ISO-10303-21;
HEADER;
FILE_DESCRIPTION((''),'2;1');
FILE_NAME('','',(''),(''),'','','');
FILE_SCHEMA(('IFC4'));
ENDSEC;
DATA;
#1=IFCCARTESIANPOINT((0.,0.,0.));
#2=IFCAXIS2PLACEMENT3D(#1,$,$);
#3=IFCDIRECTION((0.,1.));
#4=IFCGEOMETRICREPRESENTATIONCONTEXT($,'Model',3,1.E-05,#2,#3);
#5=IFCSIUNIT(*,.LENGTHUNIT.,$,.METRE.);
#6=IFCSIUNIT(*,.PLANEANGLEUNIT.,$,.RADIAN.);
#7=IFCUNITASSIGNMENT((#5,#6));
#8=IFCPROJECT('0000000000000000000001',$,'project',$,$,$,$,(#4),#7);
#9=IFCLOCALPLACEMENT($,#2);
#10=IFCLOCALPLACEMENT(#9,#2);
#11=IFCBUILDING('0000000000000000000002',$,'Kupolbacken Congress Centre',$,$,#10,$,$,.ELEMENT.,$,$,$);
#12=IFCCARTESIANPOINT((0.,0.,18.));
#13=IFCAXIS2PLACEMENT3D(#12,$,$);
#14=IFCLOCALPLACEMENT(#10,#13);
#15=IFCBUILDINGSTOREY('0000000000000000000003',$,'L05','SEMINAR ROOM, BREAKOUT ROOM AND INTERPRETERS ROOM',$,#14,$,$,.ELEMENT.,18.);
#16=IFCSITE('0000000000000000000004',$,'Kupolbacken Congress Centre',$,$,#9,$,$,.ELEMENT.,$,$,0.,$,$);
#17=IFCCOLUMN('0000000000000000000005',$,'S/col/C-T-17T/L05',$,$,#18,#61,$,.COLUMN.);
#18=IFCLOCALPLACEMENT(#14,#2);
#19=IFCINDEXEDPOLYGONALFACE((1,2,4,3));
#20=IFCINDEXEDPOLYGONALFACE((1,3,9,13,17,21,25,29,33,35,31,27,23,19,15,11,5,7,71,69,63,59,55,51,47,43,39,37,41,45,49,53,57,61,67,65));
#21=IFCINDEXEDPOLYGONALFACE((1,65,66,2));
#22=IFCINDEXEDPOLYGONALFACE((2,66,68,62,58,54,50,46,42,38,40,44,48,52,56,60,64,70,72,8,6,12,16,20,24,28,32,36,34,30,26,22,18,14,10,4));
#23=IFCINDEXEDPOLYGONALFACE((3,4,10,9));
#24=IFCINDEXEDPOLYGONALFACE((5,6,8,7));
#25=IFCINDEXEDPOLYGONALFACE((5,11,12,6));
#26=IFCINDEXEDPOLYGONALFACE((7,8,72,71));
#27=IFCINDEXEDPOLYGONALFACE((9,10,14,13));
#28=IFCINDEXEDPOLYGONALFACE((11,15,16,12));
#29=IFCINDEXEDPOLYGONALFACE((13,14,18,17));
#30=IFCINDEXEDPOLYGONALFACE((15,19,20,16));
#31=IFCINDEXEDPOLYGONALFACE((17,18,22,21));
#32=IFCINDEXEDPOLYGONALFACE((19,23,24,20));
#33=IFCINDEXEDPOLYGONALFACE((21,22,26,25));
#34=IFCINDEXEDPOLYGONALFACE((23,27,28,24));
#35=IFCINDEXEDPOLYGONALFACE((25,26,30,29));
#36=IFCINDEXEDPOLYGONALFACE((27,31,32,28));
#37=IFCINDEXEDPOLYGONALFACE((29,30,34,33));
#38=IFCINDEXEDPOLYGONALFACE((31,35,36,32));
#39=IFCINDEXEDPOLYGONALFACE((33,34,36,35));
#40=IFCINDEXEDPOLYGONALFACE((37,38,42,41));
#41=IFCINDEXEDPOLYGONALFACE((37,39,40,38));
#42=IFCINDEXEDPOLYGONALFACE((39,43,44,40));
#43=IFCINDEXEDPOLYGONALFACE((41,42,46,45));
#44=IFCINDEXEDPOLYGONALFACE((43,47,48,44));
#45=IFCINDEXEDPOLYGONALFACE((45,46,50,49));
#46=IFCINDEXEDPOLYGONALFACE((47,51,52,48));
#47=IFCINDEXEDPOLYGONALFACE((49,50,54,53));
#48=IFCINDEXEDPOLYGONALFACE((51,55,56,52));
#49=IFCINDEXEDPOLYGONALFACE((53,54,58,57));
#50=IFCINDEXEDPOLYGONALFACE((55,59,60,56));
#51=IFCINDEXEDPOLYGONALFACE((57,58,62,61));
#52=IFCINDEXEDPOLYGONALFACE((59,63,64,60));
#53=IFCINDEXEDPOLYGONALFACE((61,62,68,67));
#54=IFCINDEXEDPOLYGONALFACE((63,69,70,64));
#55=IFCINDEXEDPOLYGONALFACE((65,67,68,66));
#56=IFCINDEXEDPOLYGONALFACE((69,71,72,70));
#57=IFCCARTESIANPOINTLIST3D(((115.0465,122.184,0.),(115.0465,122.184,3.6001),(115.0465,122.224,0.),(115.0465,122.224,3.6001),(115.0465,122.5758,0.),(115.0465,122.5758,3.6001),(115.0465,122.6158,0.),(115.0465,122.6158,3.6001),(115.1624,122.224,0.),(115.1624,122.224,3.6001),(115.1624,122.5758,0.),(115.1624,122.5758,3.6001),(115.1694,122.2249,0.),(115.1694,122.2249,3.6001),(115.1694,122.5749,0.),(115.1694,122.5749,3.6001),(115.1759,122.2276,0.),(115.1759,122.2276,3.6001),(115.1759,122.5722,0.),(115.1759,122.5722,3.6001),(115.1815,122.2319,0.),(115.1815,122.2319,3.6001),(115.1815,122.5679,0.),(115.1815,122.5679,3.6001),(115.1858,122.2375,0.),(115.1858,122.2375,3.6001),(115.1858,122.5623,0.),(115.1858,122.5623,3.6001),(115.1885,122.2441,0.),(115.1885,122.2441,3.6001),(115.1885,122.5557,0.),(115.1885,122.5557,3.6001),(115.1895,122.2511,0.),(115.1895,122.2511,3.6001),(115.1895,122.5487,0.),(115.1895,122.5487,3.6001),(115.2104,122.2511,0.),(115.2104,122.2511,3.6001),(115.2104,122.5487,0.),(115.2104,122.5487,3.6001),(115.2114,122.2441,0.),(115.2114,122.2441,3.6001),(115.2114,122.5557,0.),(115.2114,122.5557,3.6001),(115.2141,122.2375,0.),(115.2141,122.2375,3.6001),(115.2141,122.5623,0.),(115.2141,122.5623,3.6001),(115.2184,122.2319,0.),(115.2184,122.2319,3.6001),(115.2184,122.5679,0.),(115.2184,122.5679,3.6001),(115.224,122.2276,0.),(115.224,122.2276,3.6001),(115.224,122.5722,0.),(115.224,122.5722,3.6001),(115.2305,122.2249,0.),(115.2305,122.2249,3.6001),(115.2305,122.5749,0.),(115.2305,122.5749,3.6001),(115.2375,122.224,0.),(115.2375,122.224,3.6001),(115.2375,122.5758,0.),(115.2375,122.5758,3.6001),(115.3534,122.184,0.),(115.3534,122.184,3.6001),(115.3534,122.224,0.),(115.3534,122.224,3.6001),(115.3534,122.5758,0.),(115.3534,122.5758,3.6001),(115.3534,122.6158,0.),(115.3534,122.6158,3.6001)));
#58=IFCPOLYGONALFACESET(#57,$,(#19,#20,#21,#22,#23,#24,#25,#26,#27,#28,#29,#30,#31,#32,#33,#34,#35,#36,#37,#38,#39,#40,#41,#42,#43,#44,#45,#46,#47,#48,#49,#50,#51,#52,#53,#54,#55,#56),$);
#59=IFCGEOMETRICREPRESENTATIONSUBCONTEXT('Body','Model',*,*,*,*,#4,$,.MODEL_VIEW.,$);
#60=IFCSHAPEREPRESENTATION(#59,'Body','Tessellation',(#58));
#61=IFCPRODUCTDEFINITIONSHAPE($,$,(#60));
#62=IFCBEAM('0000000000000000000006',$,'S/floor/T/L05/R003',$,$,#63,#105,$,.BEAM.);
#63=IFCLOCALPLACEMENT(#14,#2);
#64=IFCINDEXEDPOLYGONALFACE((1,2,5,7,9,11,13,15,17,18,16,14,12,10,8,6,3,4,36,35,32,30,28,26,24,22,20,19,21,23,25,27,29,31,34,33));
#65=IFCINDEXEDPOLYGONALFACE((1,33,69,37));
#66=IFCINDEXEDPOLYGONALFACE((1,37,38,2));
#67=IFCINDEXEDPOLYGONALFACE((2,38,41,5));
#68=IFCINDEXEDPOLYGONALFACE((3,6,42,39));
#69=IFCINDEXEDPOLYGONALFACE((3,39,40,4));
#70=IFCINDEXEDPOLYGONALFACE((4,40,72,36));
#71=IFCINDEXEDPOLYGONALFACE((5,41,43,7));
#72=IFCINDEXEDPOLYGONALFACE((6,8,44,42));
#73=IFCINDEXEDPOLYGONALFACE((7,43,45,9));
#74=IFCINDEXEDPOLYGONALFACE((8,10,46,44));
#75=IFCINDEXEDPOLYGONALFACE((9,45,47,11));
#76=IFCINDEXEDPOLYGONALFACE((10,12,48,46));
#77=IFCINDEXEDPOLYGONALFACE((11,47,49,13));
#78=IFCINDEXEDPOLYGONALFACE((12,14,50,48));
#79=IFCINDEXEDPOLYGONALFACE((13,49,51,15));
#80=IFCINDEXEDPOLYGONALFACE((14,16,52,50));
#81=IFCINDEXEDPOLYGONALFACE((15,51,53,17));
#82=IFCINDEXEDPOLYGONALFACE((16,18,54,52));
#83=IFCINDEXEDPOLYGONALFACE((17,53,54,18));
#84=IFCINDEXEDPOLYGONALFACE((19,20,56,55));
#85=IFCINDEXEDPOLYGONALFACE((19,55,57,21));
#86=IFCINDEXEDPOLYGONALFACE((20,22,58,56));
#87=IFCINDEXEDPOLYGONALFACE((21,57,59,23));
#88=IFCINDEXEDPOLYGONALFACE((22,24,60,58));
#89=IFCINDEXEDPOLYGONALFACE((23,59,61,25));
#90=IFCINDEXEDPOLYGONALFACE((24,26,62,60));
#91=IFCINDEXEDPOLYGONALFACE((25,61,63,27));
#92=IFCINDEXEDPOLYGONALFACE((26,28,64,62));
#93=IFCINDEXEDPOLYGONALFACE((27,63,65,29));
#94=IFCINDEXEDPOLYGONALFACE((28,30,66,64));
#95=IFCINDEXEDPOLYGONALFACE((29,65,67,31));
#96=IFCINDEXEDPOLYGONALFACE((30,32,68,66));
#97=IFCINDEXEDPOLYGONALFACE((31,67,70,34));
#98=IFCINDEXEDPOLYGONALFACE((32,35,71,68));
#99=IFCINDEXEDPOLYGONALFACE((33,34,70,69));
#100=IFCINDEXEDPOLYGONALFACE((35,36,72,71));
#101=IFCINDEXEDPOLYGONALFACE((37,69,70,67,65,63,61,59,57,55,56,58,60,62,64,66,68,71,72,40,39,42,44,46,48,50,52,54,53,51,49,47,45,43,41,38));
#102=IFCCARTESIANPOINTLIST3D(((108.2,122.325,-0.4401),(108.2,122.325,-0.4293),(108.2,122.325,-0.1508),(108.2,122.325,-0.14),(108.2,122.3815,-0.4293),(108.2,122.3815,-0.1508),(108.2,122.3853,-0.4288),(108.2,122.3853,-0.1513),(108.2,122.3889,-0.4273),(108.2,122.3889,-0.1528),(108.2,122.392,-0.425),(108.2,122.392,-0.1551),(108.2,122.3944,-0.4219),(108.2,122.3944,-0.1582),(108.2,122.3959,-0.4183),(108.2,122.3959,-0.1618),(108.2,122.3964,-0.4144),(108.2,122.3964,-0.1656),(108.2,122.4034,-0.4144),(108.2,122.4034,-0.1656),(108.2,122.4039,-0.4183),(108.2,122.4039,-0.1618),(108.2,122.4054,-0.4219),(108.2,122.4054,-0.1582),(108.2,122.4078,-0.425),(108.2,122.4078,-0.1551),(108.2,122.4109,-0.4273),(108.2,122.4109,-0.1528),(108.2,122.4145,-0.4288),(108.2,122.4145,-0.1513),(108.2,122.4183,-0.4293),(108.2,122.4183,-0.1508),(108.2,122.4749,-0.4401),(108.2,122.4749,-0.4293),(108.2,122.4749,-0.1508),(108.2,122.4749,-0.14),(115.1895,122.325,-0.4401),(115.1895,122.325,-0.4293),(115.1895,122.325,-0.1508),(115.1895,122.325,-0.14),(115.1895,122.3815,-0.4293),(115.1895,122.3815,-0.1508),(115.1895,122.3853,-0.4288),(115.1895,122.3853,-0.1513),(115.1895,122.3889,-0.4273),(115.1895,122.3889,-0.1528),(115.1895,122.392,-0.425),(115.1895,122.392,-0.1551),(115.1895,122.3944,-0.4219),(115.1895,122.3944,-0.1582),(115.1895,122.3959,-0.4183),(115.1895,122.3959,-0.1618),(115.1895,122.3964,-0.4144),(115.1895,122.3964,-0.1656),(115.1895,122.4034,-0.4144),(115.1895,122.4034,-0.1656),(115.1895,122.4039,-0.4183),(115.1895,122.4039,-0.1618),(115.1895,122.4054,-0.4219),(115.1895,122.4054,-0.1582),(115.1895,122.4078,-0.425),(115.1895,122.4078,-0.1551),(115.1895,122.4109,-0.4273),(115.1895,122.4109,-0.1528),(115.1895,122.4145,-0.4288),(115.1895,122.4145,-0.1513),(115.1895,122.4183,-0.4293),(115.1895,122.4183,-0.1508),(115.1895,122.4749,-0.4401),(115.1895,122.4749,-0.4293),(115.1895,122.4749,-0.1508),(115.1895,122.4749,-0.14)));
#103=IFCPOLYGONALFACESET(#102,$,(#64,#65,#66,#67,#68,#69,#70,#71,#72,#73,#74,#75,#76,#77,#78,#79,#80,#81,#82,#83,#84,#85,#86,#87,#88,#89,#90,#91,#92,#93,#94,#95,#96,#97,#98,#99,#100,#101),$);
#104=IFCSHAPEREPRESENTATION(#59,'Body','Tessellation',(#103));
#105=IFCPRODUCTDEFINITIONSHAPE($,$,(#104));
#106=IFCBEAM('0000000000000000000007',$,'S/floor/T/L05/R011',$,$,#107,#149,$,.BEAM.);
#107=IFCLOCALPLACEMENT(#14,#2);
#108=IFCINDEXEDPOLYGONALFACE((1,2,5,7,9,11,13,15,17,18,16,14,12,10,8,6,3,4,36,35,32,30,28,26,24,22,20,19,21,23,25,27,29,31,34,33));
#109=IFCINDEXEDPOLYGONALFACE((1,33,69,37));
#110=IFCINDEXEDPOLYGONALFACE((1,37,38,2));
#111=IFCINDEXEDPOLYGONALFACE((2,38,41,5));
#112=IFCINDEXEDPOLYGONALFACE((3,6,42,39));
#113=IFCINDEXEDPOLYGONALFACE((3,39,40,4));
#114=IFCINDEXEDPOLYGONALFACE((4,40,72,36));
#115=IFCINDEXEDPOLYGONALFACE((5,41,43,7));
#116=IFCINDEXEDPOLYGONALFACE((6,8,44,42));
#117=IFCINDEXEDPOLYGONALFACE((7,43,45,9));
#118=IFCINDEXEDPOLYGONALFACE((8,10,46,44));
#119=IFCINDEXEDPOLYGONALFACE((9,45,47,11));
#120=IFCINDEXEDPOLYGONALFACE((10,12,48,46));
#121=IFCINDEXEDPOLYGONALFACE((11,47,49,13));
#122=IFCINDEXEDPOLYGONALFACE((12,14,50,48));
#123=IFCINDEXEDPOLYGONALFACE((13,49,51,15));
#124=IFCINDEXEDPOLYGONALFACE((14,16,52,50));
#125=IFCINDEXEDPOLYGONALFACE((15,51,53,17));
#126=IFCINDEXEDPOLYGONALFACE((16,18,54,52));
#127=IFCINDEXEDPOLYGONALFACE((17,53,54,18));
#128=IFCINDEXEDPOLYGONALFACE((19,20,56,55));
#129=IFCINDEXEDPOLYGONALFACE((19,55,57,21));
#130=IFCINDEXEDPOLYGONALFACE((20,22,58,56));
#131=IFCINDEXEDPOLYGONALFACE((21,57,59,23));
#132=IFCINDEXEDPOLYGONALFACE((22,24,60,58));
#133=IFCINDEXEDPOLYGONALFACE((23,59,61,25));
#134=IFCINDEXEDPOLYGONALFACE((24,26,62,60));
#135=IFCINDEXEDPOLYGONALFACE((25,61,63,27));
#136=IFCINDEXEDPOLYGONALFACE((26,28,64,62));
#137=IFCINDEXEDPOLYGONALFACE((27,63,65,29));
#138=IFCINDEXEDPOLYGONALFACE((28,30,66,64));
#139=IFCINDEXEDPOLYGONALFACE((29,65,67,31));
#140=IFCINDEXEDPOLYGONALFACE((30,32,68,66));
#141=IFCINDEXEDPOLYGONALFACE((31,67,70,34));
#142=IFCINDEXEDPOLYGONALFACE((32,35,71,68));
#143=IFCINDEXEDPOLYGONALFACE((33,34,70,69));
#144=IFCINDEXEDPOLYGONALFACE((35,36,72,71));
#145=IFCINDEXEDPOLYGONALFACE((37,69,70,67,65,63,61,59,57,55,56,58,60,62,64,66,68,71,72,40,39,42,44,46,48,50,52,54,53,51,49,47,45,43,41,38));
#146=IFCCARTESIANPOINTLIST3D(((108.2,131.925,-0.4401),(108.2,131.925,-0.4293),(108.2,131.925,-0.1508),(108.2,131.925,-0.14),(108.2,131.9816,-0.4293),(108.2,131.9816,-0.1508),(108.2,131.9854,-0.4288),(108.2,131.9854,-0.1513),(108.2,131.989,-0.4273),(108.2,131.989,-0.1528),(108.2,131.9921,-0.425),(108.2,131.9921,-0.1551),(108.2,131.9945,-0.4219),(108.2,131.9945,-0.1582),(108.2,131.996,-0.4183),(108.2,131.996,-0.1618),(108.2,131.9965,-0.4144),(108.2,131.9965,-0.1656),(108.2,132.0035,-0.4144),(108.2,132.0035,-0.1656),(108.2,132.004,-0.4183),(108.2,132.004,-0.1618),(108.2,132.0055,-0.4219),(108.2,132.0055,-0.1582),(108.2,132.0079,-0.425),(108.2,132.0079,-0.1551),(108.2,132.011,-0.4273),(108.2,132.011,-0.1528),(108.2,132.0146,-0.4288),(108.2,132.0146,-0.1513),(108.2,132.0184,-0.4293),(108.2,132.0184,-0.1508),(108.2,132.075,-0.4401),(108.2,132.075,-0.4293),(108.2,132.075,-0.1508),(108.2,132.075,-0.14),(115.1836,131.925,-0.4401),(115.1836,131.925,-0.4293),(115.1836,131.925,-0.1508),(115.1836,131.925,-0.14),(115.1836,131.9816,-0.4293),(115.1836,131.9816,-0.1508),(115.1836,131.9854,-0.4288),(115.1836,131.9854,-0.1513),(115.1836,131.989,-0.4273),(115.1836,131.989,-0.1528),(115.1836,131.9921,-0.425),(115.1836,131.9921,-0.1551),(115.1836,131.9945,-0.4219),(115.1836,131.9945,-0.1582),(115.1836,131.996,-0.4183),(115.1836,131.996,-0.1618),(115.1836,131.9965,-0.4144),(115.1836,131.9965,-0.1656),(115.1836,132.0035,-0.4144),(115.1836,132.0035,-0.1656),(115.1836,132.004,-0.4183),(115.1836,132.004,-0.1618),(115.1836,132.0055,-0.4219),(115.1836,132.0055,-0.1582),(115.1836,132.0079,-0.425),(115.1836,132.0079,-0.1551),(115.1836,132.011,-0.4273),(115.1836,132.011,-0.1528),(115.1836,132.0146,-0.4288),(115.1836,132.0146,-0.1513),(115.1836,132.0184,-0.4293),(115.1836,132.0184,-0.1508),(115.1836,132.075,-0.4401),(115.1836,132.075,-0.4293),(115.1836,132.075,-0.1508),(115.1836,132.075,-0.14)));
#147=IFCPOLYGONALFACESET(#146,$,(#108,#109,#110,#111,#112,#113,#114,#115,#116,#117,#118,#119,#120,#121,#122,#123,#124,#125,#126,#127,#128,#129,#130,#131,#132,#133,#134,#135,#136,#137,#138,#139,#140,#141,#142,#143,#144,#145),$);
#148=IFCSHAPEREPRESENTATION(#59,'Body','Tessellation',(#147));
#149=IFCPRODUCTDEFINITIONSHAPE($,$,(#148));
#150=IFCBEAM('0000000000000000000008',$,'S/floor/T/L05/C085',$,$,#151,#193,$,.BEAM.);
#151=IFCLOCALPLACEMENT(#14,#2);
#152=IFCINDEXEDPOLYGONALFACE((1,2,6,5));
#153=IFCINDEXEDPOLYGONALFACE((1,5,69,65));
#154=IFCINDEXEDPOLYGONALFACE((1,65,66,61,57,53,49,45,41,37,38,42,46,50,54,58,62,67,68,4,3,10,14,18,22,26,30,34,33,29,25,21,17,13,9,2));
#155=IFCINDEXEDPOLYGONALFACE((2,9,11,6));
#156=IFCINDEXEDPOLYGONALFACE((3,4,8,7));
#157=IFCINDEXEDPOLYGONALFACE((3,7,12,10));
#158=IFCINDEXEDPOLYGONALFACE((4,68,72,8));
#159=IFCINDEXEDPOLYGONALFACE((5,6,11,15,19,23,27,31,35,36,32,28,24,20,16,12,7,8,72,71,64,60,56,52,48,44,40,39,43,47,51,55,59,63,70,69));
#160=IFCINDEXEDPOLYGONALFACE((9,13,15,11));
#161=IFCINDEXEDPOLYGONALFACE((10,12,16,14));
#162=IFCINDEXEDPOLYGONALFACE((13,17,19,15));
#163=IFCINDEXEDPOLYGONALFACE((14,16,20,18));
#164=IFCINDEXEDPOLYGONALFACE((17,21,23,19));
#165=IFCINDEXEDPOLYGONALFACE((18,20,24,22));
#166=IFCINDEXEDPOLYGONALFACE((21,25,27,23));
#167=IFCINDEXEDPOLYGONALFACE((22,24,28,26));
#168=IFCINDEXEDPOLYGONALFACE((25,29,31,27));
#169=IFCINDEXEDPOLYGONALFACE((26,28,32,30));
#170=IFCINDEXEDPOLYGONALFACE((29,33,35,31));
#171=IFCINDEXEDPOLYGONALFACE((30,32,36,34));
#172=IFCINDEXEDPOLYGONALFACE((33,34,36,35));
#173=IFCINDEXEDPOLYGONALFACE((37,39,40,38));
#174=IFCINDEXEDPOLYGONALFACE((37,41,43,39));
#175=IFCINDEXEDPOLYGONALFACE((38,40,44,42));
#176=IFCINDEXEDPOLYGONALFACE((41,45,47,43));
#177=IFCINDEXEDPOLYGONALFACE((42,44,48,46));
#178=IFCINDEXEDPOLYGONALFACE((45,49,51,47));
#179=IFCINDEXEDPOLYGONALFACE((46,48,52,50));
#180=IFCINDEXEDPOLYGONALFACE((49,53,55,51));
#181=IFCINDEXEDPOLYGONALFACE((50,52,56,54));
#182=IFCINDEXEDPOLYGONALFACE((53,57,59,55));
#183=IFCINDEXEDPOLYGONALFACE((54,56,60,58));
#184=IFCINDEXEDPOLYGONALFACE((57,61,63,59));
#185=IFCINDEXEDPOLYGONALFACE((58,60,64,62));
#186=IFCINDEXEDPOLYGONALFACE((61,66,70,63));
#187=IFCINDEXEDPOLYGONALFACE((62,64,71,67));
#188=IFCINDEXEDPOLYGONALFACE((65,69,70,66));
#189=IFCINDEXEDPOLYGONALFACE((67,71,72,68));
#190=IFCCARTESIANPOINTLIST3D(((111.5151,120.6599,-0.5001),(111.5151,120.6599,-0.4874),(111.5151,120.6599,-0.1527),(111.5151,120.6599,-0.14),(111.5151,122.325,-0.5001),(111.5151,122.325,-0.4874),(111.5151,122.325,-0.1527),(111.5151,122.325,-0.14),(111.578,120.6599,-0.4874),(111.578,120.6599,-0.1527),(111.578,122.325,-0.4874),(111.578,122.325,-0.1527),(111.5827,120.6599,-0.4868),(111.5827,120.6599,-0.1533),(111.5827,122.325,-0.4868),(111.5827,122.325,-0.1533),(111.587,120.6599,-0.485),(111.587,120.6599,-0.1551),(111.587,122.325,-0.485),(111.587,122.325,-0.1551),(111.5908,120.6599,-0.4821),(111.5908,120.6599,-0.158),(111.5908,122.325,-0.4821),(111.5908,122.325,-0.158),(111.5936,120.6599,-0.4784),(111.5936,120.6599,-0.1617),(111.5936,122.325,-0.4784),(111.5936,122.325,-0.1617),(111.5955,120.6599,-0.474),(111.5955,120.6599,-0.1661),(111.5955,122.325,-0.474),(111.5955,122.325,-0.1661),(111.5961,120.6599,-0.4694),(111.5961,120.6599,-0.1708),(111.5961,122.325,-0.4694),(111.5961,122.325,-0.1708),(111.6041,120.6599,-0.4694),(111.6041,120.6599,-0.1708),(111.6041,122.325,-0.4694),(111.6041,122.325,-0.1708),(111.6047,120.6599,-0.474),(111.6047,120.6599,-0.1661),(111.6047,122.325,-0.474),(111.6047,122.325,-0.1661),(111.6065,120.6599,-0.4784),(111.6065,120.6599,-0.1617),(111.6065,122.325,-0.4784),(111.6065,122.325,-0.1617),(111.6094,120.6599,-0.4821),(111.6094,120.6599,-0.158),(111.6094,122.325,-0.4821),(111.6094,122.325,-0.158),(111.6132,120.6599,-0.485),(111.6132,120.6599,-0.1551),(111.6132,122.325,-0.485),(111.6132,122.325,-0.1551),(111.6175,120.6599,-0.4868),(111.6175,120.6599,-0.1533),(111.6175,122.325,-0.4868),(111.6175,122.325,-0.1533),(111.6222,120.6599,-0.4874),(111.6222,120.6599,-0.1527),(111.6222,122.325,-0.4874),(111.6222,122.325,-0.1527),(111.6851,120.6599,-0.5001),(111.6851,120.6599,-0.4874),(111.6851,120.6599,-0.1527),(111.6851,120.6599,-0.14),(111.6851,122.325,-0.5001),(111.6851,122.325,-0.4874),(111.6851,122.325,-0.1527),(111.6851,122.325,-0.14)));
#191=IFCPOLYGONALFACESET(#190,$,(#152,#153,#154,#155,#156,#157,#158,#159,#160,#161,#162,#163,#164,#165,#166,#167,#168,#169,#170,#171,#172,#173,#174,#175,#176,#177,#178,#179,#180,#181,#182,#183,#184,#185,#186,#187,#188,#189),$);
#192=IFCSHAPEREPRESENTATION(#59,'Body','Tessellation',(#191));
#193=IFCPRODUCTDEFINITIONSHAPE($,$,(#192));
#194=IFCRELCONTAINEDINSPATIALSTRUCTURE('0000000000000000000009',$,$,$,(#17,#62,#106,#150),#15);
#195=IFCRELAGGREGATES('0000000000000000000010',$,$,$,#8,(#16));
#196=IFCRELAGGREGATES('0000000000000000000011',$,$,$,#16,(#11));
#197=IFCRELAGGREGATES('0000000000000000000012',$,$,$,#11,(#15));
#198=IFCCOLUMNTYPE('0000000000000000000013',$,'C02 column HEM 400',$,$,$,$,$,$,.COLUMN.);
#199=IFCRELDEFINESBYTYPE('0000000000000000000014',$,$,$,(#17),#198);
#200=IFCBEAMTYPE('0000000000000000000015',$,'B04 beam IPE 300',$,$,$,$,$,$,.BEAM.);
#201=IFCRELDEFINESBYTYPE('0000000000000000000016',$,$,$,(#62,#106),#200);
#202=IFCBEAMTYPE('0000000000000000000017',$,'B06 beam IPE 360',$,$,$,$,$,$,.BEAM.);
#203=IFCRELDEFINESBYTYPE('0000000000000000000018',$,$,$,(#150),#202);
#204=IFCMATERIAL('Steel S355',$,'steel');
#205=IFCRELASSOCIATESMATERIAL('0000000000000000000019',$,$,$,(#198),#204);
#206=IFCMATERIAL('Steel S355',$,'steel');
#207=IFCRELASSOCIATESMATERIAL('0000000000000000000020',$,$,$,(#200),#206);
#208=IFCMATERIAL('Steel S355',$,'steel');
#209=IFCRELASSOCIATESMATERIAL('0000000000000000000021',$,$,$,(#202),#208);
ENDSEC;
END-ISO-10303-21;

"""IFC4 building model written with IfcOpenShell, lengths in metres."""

from ifc_helpers import new_model, si_unit, direction, frame, origin, origin_2d, place, context, subcontext, project, spatial, i_section, extrude, material, material_profile, profile_set, type_object, element, save


model = new_model("IFC4")

# Units and contexts
model_context = context("Model", 3, precision=1e-05, world=origin(), true_north=direction((0.0, 1.0)))
body_context = subcontext(model_context, "Body", "Model", "MODEL_VIEW")
ifc_project = project(units=[si_unit("LENGTHUNIT", "METRE"), si_unit("PLANEANGLEUNIT", "RADIAN")], contexts=[model_context])

# Site, building, storey
site_placement = place(None, origin())
site = spatial("IfcSite", under=ifc_project, at=site_placement, Name="Kupolbacken Congress Centre", CompositionType="ELEMENT", RefElevation=0.0)
building_placement = place(site_placement, origin())
building = spatial("IfcBuilding", under=site, at=building_placement, Name="Kupolbacken Congress Centre", CompositionType="ELEMENT")
storey_placement = place(building_placement, frame((0.0, 0.0, 18.0)))
storey = spatial("IfcBuildingStorey", under=building, at=storey_placement, Name="L05", Description="SEMINAR ROOM, BREAKOUT ROOM AND INTERPRETERS ROOM", CompositionType="ELEMENT", Elevation=18.0)

# Column
ifc_material_1 = material(Name="Steel S355", Category="steel")
ifc_material_profile_1 = material_profile(ifc_material_1, i_section(OverallWidth=0.3069, OverallDepth=0.4319, WebThickness=0.021, FlangeThickness=0.04, FilletRadius=0.0271, at=origin_2d()), Name="HEM 400")
ifc_profile_set_1 = profile_set([ifc_material_profile_1], Name="Steel S355")
column_type = type_object("IfcColumnType", Name="C02 column HEM 400", PredefinedType="COLUMN", material=ifc_profile_set_1)
column_placement = place(storey_placement, frame((115.2, 122.3999, 0.0), z_axis=(0.0, 0.0, 1.0), x_axis=(1.0, 0.0, 0.0)))
element("IfcColumn", 1, at=column_placement, inside=storey, type_object=column_type, Name="S/col/C-T-17T/L05", PredefinedType="COLUMN", context=body_context, shape_type="SweptSolid", body=[
    extrude(i_section(OverallWidth=0.3069, OverallDepth=0.4319, WebThickness=0.021, FlangeThickness=0.04, FilletRadius=0.0271, at=origin_2d()), origin(), (0.0, 0.0, 1.0), 3.6001),
])

# Beams
ifc_material_2 = material(Name="Steel S355", Category="steel")
ifc_material_profile_2 = material_profile(ifc_material_2, i_section(OverallWidth=0.1499, OverallDepth=0.3, WebThickness=0.0071, FlangeThickness=0.0107, FilletRadius=0.0149, at=origin_2d()), Name="IPE 300")
ifc_profile_set_2 = profile_set([ifc_material_profile_2], Name="Steel S355")
beam_type_1 = type_object("IfcBeamType", Name="B04 beam IPE 300", PredefinedType="BEAM", material=ifc_profile_set_2)
beam_1_placement = place(storey_placement, frame((108.2, 122.3999, -0.29), z_axis=(1.0, 0.0, 0.0), x_axis=(0.0, 1.0, 0.0)))
element("IfcBeam", 2, at=beam_1_placement, inside=storey, type_object=beam_type_1, Name="S/floor/T/L05/R003", PredefinedType="BEAM", context=body_context, shape_type="SweptSolid", body=[
    extrude(i_section(OverallWidth=0.1499, OverallDepth=0.3, WebThickness=0.0071, FlangeThickness=0.0107, FilletRadius=0.0149, at=origin_2d()), origin(), (0.0, 0.0, 1.0), 6.9895),
])
beam_2_placement = place(storey_placement, frame((108.2, 132.0, -0.29), z_axis=(1.0, 0.0, 0.0), x_axis=(0.0, 1.0, 0.0)))
element("IfcBeam", 3, at=beam_2_placement, inside=storey, type_object=beam_type_1, Name="S/floor/T/L05/R011", PredefinedType="BEAM", context=body_context, shape_type="SweptSolid", body=[
    extrude(i_section(OverallWidth=0.1499, OverallDepth=0.3, WebThickness=0.0071, FlangeThickness=0.0107, FilletRadius=0.0149, at=origin_2d()), origin(), (0.0, 0.0, 1.0), 6.9836),
])
ifc_material_3 = material(Name="Steel S355", Category="steel")
ifc_material_profile_3 = material_profile(ifc_material_3, i_section(OverallWidth=0.1699, OverallDepth=0.3601, WebThickness=0.0081, FlangeThickness=0.0127, FilletRadius=0.0181, at=origin_2d()), Name="IPE 360")
ifc_profile_set_3 = profile_set([ifc_material_profile_3], Name="Steel S355")
beam_type_2 = type_object("IfcBeamType", Name="B06 beam IPE 360", PredefinedType="BEAM", material=ifc_profile_set_3)
beam_3_placement = place(storey_placement, frame((111.6001, 122.325, -0.3201), z_axis=(0.0, -1.0, 0.0), x_axis=(1.0, 0.0, 0.0)))
element("IfcBeam", 4, at=beam_3_placement, inside=storey, type_object=beam_type_2, Name="S/floor/T/L05/C085", PredefinedType="BEAM", context=body_context, shape_type="SweptSolid", body=[
    extrude(i_section(OverallWidth=0.1699, OverallDepth=0.3601, WebThickness=0.0081, FlangeThickness=0.0127, FilletRadius=0.0181, at=origin_2d()), origin(), (0.0, 0.0, 1.0), 1.665),
])

save(model, "model.ifc")
